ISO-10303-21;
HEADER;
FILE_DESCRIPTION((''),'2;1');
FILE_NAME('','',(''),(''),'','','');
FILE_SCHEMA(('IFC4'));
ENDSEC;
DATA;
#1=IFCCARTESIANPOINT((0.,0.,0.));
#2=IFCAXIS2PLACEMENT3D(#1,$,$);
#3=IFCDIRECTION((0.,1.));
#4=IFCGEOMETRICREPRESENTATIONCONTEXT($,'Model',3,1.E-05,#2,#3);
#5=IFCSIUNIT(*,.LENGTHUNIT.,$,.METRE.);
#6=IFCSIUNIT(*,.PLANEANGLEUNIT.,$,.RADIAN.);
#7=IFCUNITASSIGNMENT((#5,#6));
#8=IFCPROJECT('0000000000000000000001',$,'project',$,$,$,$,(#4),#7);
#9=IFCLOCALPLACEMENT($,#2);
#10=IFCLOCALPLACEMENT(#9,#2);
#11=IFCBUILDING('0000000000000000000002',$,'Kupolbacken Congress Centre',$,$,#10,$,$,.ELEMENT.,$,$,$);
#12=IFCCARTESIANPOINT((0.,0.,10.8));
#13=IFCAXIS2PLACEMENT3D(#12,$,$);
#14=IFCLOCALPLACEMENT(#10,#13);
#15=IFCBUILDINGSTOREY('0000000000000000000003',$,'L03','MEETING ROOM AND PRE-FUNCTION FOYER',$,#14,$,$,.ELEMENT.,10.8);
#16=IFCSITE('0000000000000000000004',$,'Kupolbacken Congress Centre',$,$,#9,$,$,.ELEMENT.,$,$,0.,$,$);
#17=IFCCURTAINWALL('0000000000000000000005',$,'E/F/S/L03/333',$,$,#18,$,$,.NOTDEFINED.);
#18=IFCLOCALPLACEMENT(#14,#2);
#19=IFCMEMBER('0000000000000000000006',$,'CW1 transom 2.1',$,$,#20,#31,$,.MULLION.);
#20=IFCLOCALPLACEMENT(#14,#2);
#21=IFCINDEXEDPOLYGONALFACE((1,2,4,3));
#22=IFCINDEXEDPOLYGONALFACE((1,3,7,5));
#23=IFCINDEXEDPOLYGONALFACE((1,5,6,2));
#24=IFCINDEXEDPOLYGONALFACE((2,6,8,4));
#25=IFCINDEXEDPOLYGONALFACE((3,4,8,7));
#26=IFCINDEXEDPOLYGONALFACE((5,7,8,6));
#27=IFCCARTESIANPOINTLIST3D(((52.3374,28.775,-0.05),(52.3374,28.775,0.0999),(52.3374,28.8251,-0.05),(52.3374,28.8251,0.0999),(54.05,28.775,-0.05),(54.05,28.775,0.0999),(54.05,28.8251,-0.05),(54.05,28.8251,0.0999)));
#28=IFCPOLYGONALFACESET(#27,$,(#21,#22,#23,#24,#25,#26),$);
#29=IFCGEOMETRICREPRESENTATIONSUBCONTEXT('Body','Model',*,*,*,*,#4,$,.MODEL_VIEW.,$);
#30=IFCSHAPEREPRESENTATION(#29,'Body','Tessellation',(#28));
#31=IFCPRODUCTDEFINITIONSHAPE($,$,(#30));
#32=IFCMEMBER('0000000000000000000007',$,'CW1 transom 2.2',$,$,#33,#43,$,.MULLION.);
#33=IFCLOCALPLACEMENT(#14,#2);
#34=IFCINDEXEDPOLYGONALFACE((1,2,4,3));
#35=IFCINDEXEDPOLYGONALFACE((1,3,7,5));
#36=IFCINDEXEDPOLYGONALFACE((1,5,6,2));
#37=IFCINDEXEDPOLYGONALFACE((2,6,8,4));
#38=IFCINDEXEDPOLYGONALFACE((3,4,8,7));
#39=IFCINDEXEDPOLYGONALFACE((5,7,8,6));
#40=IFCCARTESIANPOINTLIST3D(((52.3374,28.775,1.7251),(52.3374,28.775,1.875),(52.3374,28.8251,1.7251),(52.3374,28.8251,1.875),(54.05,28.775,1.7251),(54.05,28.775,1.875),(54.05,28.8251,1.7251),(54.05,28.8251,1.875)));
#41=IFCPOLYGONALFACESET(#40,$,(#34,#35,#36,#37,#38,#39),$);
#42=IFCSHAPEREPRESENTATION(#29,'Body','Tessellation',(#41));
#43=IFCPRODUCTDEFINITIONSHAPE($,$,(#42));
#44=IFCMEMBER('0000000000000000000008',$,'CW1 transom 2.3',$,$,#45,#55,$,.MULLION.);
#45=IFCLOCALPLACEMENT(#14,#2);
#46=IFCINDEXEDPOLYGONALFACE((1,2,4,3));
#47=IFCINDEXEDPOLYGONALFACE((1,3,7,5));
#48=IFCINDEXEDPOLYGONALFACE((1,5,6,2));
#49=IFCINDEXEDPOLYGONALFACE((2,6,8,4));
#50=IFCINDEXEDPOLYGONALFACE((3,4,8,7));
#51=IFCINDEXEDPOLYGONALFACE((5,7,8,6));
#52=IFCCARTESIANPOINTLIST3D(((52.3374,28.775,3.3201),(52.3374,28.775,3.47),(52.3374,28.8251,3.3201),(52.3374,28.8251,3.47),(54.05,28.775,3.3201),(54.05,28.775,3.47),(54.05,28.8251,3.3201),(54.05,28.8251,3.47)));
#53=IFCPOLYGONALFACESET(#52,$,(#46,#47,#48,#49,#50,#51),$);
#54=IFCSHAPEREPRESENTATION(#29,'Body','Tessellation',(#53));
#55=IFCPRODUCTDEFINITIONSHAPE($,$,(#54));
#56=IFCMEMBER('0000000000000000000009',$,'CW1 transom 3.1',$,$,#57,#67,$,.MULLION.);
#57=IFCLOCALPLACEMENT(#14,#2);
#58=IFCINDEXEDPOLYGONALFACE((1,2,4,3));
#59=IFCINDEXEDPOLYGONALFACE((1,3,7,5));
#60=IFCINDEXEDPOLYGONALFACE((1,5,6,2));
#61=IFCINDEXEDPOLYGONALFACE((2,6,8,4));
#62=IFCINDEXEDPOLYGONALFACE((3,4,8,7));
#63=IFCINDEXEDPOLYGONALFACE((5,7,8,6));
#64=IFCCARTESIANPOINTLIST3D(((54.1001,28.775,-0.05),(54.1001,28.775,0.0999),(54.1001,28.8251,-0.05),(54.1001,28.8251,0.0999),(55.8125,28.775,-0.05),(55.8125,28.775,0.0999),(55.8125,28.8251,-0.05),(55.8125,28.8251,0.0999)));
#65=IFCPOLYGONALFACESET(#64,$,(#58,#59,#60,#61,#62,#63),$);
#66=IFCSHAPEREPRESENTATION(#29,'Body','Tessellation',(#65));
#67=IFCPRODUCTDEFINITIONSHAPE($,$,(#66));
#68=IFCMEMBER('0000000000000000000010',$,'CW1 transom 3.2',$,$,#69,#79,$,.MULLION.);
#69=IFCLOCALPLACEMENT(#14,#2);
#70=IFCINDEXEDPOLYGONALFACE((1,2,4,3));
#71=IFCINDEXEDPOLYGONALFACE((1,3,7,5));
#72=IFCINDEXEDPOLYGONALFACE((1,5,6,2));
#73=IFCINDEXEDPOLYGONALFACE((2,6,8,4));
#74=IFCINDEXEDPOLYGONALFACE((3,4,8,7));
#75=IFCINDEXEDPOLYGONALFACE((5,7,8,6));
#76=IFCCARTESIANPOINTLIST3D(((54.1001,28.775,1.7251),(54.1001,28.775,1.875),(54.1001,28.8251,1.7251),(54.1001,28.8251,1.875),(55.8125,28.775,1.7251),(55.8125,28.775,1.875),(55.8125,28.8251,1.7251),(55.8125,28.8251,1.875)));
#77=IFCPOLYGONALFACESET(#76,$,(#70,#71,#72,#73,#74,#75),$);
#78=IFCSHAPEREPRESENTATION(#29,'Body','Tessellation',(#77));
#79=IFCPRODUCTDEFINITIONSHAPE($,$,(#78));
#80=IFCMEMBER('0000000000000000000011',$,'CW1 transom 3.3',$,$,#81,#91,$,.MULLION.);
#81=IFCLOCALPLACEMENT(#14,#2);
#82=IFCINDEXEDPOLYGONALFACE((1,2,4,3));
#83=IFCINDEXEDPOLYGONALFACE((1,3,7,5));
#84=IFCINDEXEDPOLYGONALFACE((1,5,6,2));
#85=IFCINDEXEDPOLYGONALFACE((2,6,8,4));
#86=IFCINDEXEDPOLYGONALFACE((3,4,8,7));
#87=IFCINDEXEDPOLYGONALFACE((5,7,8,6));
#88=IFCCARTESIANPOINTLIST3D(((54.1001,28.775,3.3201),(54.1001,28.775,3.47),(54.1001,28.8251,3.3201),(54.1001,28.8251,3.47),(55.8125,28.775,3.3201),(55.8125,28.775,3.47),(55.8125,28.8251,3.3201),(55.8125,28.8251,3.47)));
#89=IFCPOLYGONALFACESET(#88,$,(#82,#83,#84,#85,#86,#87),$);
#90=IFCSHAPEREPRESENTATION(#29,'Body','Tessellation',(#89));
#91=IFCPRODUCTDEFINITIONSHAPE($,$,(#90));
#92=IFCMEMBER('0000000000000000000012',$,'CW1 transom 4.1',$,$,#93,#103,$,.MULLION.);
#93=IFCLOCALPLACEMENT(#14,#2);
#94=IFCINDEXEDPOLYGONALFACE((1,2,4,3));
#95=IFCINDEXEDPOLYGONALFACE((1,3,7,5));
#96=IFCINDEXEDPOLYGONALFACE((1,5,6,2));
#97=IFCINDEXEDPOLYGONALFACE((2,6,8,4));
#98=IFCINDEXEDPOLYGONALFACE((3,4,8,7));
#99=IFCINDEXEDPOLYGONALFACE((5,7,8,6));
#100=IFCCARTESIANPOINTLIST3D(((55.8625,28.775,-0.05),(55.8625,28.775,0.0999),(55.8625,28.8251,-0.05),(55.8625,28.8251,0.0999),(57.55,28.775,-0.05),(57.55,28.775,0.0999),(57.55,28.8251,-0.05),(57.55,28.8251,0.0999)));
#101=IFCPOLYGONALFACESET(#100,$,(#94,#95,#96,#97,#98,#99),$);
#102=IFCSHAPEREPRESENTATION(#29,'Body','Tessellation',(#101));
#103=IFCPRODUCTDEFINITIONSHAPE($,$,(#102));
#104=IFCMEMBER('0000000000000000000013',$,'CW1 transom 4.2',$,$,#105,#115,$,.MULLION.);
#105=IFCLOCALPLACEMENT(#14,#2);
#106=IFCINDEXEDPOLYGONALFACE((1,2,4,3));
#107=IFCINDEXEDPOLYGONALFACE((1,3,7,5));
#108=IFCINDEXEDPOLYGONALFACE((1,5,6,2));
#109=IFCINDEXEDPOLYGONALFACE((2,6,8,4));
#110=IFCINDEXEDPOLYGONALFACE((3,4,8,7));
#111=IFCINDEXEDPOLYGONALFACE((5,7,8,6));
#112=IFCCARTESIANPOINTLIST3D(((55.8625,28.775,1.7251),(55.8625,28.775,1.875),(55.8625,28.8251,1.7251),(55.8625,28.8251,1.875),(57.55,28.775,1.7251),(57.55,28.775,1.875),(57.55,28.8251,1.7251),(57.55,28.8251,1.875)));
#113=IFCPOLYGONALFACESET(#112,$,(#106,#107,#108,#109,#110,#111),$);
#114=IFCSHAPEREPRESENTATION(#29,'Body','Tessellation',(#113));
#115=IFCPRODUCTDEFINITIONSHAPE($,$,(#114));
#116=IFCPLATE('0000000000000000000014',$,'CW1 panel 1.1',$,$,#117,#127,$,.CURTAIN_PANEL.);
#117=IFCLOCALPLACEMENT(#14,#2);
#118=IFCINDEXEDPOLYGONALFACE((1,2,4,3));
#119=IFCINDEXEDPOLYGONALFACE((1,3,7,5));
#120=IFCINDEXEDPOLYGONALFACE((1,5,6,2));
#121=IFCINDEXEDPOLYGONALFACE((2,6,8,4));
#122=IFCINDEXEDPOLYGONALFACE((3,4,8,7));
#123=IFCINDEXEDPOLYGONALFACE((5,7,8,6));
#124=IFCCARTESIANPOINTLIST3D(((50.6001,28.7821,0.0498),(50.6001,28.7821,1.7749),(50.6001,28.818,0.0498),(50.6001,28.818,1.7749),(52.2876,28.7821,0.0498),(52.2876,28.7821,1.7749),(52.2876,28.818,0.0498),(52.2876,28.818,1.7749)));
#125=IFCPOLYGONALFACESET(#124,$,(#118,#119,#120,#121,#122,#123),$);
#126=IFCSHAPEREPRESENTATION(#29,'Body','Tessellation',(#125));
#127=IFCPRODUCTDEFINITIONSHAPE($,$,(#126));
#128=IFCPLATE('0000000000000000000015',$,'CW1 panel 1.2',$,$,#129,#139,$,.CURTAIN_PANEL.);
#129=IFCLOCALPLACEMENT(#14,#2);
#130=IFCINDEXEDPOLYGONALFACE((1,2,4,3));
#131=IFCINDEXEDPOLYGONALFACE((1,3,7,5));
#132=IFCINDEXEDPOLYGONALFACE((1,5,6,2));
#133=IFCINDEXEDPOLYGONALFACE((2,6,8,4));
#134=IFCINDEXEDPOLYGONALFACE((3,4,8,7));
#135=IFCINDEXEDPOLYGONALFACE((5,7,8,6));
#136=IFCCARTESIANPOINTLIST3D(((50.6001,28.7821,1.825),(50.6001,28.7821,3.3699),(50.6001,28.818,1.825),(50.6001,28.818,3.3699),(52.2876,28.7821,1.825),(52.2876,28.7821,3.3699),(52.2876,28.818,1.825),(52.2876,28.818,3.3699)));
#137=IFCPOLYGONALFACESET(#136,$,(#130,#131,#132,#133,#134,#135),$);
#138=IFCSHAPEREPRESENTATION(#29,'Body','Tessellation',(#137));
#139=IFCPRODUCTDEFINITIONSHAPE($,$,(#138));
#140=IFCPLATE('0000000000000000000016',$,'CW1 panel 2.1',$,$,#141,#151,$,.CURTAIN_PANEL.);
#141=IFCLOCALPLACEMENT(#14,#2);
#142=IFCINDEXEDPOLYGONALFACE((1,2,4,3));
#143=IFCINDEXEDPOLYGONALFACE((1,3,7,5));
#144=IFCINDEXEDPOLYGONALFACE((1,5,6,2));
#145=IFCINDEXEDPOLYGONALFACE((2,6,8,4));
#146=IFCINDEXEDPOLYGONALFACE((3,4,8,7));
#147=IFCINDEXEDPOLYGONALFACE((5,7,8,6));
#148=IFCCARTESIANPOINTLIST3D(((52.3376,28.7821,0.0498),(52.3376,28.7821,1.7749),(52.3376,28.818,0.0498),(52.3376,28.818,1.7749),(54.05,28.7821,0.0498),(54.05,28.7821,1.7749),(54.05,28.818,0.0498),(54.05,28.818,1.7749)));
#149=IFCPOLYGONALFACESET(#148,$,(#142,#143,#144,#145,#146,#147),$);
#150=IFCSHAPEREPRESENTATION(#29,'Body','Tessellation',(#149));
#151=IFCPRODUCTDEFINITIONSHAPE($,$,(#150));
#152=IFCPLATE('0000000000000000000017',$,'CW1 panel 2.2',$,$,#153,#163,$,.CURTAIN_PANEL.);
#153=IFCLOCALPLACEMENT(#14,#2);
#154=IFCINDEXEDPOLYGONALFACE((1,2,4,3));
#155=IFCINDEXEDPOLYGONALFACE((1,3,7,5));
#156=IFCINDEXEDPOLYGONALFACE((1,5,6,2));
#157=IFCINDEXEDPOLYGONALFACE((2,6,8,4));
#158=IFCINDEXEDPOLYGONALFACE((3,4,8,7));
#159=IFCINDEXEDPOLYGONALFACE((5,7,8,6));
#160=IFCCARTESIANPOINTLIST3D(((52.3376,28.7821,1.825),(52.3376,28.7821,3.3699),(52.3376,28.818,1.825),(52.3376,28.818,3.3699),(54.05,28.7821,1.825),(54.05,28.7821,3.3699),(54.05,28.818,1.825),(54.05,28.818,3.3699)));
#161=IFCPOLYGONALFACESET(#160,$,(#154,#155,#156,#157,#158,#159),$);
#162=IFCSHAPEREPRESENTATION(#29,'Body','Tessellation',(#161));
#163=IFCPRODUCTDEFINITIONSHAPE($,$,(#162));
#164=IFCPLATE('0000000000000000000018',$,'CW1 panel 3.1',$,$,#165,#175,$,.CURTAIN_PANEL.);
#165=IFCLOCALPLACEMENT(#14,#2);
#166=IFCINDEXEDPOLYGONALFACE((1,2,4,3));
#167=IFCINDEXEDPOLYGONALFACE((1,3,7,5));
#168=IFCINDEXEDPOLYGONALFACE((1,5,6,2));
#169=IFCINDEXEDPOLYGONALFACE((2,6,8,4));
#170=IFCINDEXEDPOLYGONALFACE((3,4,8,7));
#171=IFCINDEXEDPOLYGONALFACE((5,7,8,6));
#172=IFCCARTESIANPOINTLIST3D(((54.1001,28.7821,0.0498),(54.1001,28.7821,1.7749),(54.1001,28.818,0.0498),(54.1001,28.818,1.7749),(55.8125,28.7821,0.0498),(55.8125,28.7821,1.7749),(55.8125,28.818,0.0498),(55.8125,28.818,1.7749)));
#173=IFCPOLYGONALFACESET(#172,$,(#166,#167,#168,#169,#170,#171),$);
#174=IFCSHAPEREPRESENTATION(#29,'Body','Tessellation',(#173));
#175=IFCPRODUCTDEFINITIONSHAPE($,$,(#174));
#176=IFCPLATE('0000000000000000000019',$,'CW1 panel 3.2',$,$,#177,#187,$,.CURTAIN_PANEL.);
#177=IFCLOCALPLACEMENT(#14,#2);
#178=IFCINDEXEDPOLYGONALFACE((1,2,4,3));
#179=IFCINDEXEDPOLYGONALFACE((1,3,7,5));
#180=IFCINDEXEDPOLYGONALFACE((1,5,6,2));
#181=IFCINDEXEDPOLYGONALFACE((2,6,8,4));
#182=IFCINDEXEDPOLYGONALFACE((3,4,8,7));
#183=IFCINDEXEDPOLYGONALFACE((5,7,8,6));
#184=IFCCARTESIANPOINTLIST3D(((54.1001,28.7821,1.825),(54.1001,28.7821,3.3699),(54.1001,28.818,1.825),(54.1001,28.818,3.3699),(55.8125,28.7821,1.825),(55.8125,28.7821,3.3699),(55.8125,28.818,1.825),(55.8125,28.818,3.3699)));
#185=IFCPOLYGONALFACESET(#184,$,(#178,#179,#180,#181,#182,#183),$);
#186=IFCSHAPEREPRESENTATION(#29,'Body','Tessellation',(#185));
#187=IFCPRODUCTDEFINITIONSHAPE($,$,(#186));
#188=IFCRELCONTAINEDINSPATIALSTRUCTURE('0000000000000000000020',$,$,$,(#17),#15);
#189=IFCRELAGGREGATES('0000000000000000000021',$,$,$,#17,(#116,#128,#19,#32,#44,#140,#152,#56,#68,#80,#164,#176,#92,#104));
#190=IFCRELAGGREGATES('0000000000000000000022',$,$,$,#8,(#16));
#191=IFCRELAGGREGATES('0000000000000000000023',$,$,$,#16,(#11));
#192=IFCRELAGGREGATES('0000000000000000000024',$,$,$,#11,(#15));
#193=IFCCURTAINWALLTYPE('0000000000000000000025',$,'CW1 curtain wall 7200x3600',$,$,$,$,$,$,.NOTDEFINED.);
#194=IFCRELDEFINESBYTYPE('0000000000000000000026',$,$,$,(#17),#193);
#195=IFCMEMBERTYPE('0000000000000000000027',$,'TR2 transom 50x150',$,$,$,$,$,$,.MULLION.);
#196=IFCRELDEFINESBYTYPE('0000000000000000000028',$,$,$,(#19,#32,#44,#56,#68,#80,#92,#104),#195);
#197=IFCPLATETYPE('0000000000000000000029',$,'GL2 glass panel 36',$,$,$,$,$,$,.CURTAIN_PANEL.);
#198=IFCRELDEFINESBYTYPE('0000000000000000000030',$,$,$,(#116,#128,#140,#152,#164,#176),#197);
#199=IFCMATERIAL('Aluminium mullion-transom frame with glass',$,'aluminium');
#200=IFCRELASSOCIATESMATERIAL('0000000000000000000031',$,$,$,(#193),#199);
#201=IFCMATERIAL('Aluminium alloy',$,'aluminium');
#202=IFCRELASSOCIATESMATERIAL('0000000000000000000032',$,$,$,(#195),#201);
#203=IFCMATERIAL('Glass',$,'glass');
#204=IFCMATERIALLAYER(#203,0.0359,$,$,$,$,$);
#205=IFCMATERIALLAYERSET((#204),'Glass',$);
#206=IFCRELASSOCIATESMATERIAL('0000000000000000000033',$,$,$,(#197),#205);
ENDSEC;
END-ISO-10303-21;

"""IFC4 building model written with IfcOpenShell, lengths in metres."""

from ifc_helpers import new_model, si_unit, direction, frame, origin, origin_2d, place, context, subcontext, project, spatial, rectangle, extrude, material, layer, layer_set, material_profile, profile_set, type_object, element, aggregate, save


model = new_model("IFC4")

# Units and contexts
model_context = context("Model", 3, precision=1e-05, world=origin(), true_north=direction((0.0, 1.0)))
body_context = subcontext(model_context, "Body", "Model", "MODEL_VIEW")
ifc_project = project(units=[si_unit("LENGTHUNIT", "METRE"), si_unit("PLANEANGLEUNIT", "RADIAN")], contexts=[model_context])

# Site, building, storey
site_placement = place(None, origin())
site = spatial("IfcSite", under=ifc_project, at=site_placement, Name="Kupolbacken Congress Centre", CompositionType="ELEMENT", RefElevation=0.0)
building_placement = place(site_placement, origin())
building = spatial("IfcBuilding", under=site, at=building_placement, Name="Kupolbacken Congress Centre", CompositionType="ELEMENT")
storey_placement = place(building_placement, frame((0.0, 0.0, 10.8)))
storey = spatial("IfcBuildingStorey", under=building, at=storey_placement, Name="L03", Description="MEETING ROOM AND PRE-FUNCTION FOYER", CompositionType="ELEMENT", Elevation=10.8)

# Curtain wall, members, plates
ifc_material_1 = material(Name="Aluminium mullion-transom frame with glass", Category="aluminium")
curtain_wall_type = type_object("IfcCurtainWallType", Name="CW1 curtain wall 7200x3600", PredefinedType="NOTDEFINED", material=ifc_material_1)
curtain_wall_placement = place(storey_placement, origin())
curtain_wall = element("IfcCurtainWall", 1, at=curtain_wall_placement, inside=storey, type_object=curtain_wall_type, Name="E/F/S/L03/333", PredefinedType="NOTDEFINED")
ifc_material_2 = material(Name="Aluminium alloy", Category="aluminium")
ifc_material_profile_1 = material_profile(ifc_material_2, rectangle(XDim=0.05, YDim=0.1499, at=origin_2d()), Name="50 x 150")
ifc_profile_set_1 = profile_set([ifc_material_profile_1], Name="Aluminium alloy")
member_type_1 = type_object("IfcMemberType", Name="TR2 transom 50x150", PredefinedType="MULLION", material=ifc_profile_set_1)
member_1_placement = place(storey_placement, frame((52.3374, 28.8, 0.0249), z_axis=(1.0, 0.0, 0.0), x_axis=(0.0, 1.0, 0.0)))
member_1 = element("IfcMember", 2, at=member_1_placement, type_object=member_type_1, Name="CW1 transom 2.1", PredefinedType="MULLION", context=body_context, shape_type="SweptSolid", body=[
    extrude(rectangle(XDim=0.05, YDim=0.1499, at=origin_2d()), origin(), (0.0, 0.0, 1.0), 1.7126),
])
member_2_placement = place(storey_placement, frame((52.3374, 28.8, 1.8), z_axis=(1.0, 0.0, 0.0), x_axis=(0.0, 1.0, 0.0)))
member_2 = element("IfcMember", 3, at=member_2_placement, type_object=member_type_1, Name="CW1 transom 2.2", PredefinedType="MULLION", context=body_context, shape_type="SweptSolid", body=[
    extrude(rectangle(XDim=0.05, YDim=0.1499, at=origin_2d()), origin(), (0.0, 0.0, 1.0), 1.7126),
])
member_3_placement = place(storey_placement, frame((52.3374, 28.8, 3.395), z_axis=(1.0, 0.0, 0.0), x_axis=(0.0, 1.0, 0.0)))
member_3 = element("IfcMember", 4, at=member_3_placement, type_object=member_type_1, Name="CW1 transom 2.3", PredefinedType="MULLION", context=body_context, shape_type="SweptSolid", body=[
    extrude(rectangle(XDim=0.05, YDim=0.1499, at=origin_2d()), origin(), (0.0, 0.0, 1.0), 1.7126),
])
member_4_placement = place(storey_placement, frame((54.1001, 28.8, 0.0249), z_axis=(1.0, 0.0, 0.0), x_axis=(0.0, 1.0, 0.0)))
member_4 = element("IfcMember", 5, at=member_4_placement, type_object=member_type_1, Name="CW1 transom 3.1", PredefinedType="MULLION", context=body_context, shape_type="SweptSolid", body=[
    extrude(rectangle(XDim=0.05, YDim=0.1499, at=origin_2d()), origin(), (0.0, 0.0, 1.0), 1.7124),
])
member_5_placement = place(storey_placement, frame((54.1001, 28.8, 1.8), z_axis=(1.0, 0.0, 0.0), x_axis=(0.0, 1.0, 0.0)))
member_5 = element("IfcMember", 6, at=member_5_placement, type_object=member_type_1, Name="CW1 transom 3.2", PredefinedType="MULLION", context=body_context, shape_type="SweptSolid", body=[
    extrude(rectangle(XDim=0.05, YDim=0.1499, at=origin_2d()), origin(), (0.0, 0.0, 1.0), 1.7124),
])
member_6_placement = place(storey_placement, frame((54.1001, 28.8, 3.395), z_axis=(1.0, 0.0, 0.0), x_axis=(0.0, 1.0, 0.0)))
member_6 = element("IfcMember", 7, at=member_6_placement, type_object=member_type_1, Name="CW1 transom 3.3", PredefinedType="MULLION", context=body_context, shape_type="SweptSolid", body=[
    extrude(rectangle(XDim=0.05, YDim=0.1499, at=origin_2d()), origin(), (0.0, 0.0, 1.0), 1.7124),
])
member_7_placement = place(storey_placement, frame((55.8625, 28.8, 0.0249), z_axis=(1.0, 0.0, 0.0), x_axis=(0.0, 1.0, 0.0)))
member_7 = element("IfcMember", 8, at=member_7_placement, type_object=member_type_1, Name="CW1 transom 4.1", PredefinedType="MULLION", context=body_context, shape_type="SweptSolid", body=[
    extrude(rectangle(XDim=0.05, YDim=0.1499, at=origin_2d()), origin(), (0.0, 0.0, 1.0), 1.6875),
])
member_8_placement = place(storey_placement, frame((55.8625, 28.8, 1.8), z_axis=(1.0, 0.0, 0.0), x_axis=(0.0, 1.0, 0.0)))
member_8 = element("IfcMember", 9, at=member_8_placement, type_object=member_type_1, Name="CW1 transom 4.2", PredefinedType="MULLION", context=body_context, shape_type="SweptSolid", body=[
    extrude(rectangle(XDim=0.05, YDim=0.1499, at=origin_2d()), origin(), (0.0, 0.0, 1.0), 1.6875),
])
ifc_material_3 = material(Name="Glass", Category="glass")
ifc_layer = layer(ifc_material_3, 0.0359)
ifc_layer_set = layer_set([ifc_layer], Name="Glass")
plate_type = type_object("IfcPlateType", Name="GL2 glass panel 36", PredefinedType="CURTAIN_PANEL", material=ifc_layer_set)
plate_1_placement = place(storey_placement, frame((51.4438, 28.8, 0.0498), z_axis=(0.0, 0.0, 1.0), x_axis=(1.0, 0.0, 0.0)))
plate_1 = element("IfcPlate", 10, at=plate_1_placement, type_object=plate_type, Name="CW1 panel 1.1", PredefinedType="CURTAIN_PANEL", context=body_context, shape_type="SweptSolid", body=[
    extrude(rectangle(XDim=1.6875, YDim=0.0359, at=origin_2d()), origin(), (0.0, 0.0, 1.0), 1.7251),
])
plate_2_placement = place(storey_placement, frame((51.4438, 28.8, 1.825), z_axis=(0.0, 0.0, 1.0), x_axis=(1.0, 0.0, 0.0)))
plate_2 = element("IfcPlate", 11, at=plate_2_placement, type_object=plate_type, Name="CW1 panel 1.2", PredefinedType="CURTAIN_PANEL", context=body_context, shape_type="SweptSolid", body=[
    extrude(rectangle(XDim=1.6875, YDim=0.0359, at=origin_2d()), origin(), (0.0, 0.0, 1.0), 1.5449),
])
plate_3_placement = place(storey_placement, frame((53.1938, 28.8, 0.0498), z_axis=(0.0, 0.0, 1.0), x_axis=(1.0, 0.0, 0.0)))
plate_3 = element("IfcPlate", 12, at=plate_3_placement, type_object=plate_type, Name="CW1 panel 2.1", PredefinedType="CURTAIN_PANEL", context=body_context, shape_type="SweptSolid", body=[
    extrude(rectangle(XDim=1.7124, YDim=0.0359, at=origin_2d()), origin(), (0.0, 0.0, 1.0), 1.7251),
])
plate_4_placement = place(storey_placement, frame((53.1938, 28.8, 1.825), z_axis=(0.0, 0.0, 1.0), x_axis=(1.0, 0.0, 0.0)))
plate_4 = element("IfcPlate", 13, at=plate_4_placement, type_object=plate_type, Name="CW1 panel 2.2", PredefinedType="CURTAIN_PANEL", context=body_context, shape_type="SweptSolid", body=[
    extrude(rectangle(XDim=1.7124, YDim=0.0359, at=origin_2d()), origin(), (0.0, 0.0, 1.0), 1.5449),
])
plate_5_placement = place(storey_placement, frame((54.9563, 28.8, 0.0498), z_axis=(0.0, 0.0, 1.0), x_axis=(1.0, 0.0, 0.0)))
plate_5 = element("IfcPlate", 14, at=plate_5_placement, type_object=plate_type, Name="CW1 panel 3.1", PredefinedType="CURTAIN_PANEL", context=body_context, shape_type="SweptSolid", body=[
    extrude(rectangle(XDim=1.7124, YDim=0.0359, at=origin_2d()), origin(), (0.0, 0.0, 1.0), 1.7251),
])
plate_6_placement = place(storey_placement, frame((54.9563, 28.8, 1.825), z_axis=(0.0, 0.0, 1.0), x_axis=(1.0, 0.0, 0.0)))
plate_6 = element("IfcPlate", 15, at=plate_6_placement, type_object=plate_type, Name="CW1 panel 3.2", PredefinedType="CURTAIN_PANEL", context=body_context, shape_type="SweptSolid", body=[
    extrude(rectangle(XDim=1.7124, YDim=0.0359, at=origin_2d()), origin(), (0.0, 0.0, 1.0), 1.5449),
])
aggregate(curtain_wall, [plate_1, plate_2, member_1, member_2, member_3, plate_3, plate_4, member_4, member_5, member_6, plate_5, plate_6, member_7, member_8])

save(model, "model.ifc")
